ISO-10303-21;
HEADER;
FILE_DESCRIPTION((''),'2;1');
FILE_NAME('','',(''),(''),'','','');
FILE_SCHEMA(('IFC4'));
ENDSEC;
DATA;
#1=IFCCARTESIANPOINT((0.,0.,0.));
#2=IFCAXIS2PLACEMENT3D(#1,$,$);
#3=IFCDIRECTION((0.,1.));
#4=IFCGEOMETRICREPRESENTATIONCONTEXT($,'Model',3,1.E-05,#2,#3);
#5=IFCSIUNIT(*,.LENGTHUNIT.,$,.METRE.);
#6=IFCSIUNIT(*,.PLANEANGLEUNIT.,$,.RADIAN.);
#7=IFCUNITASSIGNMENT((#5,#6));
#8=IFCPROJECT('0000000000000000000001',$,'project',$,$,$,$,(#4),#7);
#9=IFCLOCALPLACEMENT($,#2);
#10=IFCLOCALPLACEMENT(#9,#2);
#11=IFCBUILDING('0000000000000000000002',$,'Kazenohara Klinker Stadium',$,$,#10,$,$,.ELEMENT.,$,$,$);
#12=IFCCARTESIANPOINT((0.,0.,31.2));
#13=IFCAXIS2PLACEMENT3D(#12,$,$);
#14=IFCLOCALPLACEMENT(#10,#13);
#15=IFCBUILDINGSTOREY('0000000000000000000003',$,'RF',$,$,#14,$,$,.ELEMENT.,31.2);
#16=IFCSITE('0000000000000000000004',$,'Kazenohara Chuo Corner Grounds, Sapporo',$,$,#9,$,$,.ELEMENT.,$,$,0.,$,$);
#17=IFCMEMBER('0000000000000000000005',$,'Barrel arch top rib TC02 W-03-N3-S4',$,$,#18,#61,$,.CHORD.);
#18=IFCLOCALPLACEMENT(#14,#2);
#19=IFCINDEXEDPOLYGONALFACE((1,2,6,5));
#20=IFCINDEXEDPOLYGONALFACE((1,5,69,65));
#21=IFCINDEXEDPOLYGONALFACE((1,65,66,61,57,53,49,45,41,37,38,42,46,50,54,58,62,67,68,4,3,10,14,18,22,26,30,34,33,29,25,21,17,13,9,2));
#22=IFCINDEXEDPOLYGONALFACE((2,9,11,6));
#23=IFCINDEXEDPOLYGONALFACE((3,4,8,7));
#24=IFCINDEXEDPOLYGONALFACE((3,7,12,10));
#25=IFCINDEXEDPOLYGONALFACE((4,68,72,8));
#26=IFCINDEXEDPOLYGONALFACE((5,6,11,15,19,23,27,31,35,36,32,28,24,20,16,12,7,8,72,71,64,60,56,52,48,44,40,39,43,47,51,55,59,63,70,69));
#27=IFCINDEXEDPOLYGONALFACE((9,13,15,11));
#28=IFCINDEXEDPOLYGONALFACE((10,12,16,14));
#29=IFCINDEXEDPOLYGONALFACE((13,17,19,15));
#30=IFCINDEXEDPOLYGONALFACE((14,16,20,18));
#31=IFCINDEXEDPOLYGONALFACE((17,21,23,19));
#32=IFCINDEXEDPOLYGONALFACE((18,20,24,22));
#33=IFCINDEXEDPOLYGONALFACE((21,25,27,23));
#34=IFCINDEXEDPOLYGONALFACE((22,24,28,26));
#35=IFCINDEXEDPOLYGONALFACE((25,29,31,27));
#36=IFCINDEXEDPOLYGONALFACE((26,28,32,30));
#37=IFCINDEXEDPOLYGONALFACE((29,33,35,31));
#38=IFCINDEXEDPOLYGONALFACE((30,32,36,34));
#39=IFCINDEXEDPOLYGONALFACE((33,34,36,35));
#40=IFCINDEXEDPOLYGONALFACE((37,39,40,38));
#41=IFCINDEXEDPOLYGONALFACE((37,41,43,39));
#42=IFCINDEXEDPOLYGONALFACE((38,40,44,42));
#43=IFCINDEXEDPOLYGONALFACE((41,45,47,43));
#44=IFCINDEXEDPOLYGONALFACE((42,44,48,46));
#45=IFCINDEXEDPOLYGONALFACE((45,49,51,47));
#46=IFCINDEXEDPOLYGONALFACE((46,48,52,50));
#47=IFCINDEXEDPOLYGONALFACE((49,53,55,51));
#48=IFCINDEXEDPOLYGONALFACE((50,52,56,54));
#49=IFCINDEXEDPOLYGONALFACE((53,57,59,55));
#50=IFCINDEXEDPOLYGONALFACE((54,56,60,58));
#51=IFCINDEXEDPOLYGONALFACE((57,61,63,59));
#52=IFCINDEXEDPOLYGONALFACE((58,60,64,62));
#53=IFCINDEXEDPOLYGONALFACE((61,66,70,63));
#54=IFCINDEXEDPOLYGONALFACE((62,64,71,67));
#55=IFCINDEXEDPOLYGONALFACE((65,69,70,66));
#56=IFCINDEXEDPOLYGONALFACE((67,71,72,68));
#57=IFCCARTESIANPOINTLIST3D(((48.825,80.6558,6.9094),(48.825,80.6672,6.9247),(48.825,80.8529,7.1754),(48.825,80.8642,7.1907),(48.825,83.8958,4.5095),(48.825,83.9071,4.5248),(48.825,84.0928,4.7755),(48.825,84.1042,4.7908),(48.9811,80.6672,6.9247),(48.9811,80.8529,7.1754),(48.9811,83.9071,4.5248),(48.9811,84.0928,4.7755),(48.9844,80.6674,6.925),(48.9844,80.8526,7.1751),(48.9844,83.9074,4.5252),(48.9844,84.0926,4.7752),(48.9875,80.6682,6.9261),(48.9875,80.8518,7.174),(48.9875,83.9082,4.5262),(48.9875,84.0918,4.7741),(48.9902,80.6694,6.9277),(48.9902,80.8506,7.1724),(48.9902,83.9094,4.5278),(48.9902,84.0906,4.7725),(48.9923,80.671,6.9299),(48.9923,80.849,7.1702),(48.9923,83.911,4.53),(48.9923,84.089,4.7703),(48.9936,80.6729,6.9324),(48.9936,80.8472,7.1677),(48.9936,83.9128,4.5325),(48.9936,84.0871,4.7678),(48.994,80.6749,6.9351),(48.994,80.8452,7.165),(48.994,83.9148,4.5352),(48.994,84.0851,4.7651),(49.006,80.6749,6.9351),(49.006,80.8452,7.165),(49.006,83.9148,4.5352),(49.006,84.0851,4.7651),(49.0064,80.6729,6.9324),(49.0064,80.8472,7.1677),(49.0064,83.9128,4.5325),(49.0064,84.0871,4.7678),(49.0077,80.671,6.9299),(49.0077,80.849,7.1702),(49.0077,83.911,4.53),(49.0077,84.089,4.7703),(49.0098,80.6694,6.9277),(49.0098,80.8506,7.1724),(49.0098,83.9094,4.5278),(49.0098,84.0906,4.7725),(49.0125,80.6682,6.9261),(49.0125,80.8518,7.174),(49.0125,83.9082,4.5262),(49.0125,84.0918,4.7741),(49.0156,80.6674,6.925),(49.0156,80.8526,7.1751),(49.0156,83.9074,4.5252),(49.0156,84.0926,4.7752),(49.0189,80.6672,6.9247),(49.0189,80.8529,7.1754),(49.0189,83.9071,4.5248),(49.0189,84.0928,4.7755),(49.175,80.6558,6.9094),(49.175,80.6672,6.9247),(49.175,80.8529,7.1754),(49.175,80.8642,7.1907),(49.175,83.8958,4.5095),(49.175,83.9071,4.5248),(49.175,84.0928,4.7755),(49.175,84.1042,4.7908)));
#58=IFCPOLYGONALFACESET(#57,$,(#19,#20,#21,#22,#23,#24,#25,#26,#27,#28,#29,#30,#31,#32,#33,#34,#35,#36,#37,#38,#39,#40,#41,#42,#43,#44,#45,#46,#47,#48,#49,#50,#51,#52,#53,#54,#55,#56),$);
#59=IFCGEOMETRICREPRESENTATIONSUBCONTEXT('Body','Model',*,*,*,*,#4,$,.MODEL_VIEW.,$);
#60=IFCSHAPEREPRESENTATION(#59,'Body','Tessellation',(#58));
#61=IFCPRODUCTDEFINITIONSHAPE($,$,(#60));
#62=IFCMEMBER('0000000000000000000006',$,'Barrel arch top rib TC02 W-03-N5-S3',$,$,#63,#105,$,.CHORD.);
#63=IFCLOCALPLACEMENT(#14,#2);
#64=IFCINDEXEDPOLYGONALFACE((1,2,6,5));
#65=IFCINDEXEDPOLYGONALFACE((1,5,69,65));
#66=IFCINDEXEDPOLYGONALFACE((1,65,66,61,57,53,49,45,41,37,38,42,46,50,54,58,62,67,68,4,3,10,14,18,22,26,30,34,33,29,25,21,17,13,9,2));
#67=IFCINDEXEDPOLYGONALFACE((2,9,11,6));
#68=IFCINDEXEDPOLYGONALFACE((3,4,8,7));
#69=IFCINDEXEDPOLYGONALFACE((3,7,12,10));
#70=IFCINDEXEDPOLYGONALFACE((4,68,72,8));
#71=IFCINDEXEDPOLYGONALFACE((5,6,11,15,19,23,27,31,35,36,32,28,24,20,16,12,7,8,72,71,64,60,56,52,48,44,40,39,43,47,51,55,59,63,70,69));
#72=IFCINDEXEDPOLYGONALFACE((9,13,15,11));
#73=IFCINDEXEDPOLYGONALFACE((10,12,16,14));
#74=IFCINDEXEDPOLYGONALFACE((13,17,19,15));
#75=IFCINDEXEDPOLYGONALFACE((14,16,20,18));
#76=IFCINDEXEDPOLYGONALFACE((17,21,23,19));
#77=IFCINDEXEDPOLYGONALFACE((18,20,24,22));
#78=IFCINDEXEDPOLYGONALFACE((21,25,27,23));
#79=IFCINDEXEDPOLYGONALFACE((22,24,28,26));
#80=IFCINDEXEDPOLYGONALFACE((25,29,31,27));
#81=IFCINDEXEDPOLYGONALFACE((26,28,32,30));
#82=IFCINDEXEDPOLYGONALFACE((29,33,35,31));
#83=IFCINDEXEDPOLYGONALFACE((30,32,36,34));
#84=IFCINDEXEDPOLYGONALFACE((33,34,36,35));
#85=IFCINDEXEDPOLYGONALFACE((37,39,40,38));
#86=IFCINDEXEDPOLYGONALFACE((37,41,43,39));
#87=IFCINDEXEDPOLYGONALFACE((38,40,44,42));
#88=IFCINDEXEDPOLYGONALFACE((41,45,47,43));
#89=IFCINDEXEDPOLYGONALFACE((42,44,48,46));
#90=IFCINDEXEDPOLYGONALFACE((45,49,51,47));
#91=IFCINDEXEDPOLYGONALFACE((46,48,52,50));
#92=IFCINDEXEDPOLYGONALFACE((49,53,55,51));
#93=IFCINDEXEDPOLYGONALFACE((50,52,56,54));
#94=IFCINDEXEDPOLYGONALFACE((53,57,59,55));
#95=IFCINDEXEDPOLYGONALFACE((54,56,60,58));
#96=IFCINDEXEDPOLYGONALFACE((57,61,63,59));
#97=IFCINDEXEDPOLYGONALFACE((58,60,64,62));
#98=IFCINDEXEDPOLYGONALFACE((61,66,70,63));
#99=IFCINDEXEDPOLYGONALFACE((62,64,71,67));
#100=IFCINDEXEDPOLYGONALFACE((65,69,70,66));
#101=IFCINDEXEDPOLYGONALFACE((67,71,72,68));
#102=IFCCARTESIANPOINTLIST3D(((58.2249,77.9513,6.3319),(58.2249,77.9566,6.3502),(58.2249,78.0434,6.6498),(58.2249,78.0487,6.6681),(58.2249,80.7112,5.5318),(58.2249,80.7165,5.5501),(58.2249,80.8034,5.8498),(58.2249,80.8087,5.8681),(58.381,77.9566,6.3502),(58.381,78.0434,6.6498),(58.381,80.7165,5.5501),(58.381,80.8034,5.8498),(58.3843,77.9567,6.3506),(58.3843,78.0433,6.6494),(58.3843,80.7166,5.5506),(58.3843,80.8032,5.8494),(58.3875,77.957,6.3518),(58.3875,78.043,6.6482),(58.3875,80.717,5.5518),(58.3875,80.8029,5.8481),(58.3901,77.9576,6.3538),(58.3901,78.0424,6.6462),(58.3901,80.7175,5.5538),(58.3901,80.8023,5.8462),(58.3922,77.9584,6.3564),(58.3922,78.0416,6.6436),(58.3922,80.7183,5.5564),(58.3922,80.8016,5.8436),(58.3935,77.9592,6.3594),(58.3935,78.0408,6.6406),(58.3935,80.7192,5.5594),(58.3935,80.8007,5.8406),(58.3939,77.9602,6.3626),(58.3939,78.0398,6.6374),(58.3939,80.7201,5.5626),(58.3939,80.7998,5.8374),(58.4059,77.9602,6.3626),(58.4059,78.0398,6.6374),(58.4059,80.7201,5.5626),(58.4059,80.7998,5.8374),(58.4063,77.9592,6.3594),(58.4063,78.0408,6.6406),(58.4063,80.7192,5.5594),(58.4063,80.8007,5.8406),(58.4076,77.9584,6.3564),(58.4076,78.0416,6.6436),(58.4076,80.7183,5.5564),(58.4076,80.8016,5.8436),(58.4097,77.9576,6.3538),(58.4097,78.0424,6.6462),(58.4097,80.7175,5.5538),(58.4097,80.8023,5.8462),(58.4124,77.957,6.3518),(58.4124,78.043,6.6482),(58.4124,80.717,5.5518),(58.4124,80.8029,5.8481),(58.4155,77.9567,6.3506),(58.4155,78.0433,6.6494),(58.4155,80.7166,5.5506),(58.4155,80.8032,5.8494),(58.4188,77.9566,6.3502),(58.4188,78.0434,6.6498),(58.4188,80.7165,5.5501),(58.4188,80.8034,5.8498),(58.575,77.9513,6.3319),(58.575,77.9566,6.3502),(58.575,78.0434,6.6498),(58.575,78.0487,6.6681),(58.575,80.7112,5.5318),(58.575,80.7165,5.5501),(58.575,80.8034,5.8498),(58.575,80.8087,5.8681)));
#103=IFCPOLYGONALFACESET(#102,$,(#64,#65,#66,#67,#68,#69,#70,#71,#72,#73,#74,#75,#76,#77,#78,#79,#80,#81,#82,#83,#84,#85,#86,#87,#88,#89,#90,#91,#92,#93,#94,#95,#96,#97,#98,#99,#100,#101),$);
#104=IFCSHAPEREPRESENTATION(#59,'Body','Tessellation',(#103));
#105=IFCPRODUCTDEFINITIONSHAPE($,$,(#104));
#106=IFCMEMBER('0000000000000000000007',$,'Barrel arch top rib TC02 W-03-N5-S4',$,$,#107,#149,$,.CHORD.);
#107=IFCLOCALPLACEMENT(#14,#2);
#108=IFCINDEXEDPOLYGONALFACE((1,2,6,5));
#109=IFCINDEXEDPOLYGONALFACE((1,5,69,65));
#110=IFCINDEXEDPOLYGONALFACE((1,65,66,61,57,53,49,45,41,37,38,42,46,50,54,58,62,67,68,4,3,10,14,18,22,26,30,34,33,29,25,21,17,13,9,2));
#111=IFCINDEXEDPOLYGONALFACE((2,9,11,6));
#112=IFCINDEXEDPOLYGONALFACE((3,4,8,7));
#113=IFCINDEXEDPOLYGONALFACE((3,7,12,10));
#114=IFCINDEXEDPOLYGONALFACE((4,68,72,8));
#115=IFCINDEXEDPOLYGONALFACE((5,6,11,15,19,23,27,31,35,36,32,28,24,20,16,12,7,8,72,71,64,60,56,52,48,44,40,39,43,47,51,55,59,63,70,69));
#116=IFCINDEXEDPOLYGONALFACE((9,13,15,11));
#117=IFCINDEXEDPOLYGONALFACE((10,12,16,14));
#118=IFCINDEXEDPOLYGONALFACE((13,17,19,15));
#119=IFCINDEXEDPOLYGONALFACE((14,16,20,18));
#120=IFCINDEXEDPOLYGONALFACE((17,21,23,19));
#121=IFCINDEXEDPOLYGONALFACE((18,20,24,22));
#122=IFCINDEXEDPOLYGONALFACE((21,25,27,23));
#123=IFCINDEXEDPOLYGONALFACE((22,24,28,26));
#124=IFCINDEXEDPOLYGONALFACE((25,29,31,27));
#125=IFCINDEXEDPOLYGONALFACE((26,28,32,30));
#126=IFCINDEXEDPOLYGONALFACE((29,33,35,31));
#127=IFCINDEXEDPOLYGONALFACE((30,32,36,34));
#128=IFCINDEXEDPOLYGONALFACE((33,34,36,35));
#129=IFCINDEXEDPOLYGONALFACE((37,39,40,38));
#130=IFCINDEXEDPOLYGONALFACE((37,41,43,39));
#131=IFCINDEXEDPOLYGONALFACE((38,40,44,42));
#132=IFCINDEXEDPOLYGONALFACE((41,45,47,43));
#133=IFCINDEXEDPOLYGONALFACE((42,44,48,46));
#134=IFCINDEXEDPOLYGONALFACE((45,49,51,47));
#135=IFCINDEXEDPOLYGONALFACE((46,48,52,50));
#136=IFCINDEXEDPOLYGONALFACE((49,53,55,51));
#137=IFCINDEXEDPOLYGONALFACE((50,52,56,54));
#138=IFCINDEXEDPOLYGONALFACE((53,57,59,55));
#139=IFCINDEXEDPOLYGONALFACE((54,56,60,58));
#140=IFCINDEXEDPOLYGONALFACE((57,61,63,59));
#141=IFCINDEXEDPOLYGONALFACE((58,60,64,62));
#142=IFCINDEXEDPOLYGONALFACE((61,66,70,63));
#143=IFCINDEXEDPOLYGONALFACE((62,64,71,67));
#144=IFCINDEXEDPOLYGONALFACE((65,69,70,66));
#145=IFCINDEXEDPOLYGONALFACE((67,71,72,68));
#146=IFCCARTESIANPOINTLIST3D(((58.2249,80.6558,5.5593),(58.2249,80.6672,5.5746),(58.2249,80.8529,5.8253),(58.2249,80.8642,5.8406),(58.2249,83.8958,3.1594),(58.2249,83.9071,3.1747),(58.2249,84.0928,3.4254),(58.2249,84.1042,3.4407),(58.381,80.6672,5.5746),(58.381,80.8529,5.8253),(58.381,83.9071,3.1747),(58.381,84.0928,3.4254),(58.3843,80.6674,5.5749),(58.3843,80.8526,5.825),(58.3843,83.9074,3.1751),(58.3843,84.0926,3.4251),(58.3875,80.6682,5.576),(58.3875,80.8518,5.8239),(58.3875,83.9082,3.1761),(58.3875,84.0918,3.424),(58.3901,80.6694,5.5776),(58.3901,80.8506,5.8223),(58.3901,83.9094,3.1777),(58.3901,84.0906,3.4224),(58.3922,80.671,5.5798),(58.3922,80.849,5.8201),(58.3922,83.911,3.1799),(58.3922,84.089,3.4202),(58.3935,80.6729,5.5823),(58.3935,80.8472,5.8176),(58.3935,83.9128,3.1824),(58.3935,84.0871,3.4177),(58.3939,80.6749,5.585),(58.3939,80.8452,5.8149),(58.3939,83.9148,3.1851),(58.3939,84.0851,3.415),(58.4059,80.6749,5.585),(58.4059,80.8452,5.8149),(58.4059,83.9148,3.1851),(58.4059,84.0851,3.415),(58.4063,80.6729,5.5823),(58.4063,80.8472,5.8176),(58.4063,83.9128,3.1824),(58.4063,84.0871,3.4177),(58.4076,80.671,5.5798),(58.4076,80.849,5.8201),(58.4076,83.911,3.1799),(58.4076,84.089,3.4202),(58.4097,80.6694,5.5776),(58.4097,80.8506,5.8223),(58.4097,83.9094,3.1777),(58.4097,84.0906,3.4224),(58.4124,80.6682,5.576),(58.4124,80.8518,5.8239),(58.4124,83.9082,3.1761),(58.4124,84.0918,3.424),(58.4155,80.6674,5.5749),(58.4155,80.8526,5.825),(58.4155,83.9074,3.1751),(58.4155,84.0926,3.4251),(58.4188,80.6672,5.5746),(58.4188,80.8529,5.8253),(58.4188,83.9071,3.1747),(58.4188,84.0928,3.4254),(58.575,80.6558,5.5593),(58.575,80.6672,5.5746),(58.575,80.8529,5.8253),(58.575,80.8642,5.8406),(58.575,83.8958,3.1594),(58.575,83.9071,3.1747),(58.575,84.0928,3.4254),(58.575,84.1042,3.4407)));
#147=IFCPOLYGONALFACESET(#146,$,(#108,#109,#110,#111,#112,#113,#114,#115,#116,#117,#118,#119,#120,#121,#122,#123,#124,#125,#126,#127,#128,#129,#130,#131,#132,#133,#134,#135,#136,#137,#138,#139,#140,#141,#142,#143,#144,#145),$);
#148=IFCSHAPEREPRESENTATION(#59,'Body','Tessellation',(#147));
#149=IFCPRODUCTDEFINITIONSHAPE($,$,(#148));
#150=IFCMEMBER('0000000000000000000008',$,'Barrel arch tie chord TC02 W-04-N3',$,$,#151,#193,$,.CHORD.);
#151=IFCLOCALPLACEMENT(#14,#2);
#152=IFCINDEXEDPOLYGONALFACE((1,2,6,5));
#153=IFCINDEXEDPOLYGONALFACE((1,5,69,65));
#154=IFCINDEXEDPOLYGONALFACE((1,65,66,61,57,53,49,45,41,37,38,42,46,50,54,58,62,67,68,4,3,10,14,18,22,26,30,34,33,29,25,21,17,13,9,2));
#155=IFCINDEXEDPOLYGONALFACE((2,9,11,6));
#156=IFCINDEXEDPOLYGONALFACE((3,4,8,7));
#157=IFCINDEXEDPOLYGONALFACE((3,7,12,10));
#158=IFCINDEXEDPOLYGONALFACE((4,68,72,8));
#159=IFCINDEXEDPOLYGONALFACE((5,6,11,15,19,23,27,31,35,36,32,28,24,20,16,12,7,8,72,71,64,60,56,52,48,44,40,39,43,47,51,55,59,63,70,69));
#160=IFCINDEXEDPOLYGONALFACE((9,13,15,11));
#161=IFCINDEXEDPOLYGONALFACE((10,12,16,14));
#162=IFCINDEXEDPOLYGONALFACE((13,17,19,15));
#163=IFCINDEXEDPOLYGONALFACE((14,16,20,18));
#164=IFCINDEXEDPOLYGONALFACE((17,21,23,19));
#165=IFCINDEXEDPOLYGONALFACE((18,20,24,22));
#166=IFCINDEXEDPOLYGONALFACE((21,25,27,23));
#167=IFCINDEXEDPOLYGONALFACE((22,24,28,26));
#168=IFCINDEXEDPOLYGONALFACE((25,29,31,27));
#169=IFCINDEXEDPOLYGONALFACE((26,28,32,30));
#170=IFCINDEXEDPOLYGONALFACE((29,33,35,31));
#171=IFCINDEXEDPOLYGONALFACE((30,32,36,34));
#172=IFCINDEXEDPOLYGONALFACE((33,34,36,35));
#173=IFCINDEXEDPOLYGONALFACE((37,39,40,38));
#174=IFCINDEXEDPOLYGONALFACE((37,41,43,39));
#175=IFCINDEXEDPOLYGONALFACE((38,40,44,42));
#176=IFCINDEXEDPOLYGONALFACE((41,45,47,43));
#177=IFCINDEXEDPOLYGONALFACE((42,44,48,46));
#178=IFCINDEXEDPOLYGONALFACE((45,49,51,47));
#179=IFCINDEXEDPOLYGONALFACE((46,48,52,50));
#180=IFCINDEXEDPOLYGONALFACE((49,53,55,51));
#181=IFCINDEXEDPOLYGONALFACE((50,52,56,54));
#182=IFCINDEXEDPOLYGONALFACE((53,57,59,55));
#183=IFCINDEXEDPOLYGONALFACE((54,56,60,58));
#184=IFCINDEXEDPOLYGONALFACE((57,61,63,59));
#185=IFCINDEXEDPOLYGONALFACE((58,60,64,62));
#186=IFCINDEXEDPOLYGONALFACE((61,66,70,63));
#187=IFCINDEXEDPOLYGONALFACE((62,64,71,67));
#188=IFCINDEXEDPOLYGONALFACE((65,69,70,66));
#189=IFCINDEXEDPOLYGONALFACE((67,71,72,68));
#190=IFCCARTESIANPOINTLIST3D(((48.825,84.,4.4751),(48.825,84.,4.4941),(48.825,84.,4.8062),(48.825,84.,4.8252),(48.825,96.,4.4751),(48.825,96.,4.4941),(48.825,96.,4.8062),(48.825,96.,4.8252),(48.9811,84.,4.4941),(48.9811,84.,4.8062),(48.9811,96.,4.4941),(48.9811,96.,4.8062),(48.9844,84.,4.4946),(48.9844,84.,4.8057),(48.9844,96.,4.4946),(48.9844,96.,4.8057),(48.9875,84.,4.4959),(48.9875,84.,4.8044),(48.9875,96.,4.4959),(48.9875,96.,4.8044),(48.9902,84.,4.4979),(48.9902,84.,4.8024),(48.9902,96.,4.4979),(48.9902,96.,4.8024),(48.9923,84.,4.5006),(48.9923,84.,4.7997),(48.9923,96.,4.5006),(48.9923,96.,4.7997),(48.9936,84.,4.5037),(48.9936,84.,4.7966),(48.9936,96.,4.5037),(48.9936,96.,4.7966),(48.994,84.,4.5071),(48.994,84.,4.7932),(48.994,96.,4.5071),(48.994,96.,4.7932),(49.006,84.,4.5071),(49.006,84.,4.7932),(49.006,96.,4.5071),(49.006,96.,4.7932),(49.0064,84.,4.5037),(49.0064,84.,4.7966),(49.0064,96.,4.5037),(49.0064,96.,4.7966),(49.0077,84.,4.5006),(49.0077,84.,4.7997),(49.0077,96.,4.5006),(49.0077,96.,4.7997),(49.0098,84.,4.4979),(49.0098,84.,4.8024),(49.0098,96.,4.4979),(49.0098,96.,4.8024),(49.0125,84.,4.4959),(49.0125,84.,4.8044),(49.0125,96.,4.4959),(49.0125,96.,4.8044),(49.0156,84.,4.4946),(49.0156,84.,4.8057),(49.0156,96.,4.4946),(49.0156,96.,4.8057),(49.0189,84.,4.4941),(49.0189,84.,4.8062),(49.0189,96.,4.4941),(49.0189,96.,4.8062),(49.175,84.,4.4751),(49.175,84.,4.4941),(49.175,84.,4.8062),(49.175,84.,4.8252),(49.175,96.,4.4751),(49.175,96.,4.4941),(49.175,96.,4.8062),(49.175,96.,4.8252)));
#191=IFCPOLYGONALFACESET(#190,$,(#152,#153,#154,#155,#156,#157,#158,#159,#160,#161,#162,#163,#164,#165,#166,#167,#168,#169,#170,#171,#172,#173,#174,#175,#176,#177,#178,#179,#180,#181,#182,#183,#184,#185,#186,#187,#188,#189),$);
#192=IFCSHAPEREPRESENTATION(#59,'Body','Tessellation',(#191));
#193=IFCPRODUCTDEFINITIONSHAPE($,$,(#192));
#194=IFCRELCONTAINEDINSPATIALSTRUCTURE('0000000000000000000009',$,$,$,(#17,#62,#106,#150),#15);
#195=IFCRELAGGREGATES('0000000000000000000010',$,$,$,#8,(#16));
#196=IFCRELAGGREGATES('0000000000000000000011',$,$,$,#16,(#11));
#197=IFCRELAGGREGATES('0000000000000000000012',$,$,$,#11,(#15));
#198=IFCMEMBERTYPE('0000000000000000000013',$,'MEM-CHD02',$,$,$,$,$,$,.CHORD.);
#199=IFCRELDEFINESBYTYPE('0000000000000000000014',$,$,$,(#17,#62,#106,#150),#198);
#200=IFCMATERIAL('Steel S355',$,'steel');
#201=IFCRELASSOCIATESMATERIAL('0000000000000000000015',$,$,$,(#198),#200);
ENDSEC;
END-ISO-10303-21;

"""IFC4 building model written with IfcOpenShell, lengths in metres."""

from ifc_helpers import new_model, si_unit, direction, frame, origin, origin_2d, place, context, subcontext, project, spatial, i_section, extrude, material, material_profile, profile_set, type_object, element, save


model = new_model("IFC4")

# Units and contexts
model_context = context("Model", 3, precision=1e-05, world=origin(), true_north=direction((0.0, 1.0)))
body_context = subcontext(model_context, "Body", "Model", "MODEL_VIEW")
ifc_project = project(units=[si_unit("LENGTHUNIT", "METRE"), si_unit("PLANEANGLEUNIT", "RADIAN")], contexts=[model_context])

# Site, building, storey
site_placement = place(None, origin())
site = spatial("IfcSite", under=ifc_project, at=site_placement, Name="Kazenohara Chuo Corner Grounds, Sapporo", CompositionType="ELEMENT", RefElevation=0.0)
building_placement = place(site_placement, origin())
building = spatial("IfcBuilding", under=site, at=building_placement, Name="Kazenohara Klinker Stadium", CompositionType="ELEMENT")
storey_placement = place(building_placement, frame((0.0, 0.0, 31.2)))
storey = spatial("IfcBuildingStorey", under=building, at=storey_placement, Name="RF", CompositionType="ELEMENT", Elevation=31.2)

# Members
ifc_material_1 = material(Name="Steel S355", Category="steel")
ifc_material_profile_1 = material_profile(ifc_material_1, i_section(OverallWidth=0.3501, OverallDepth=0.3501, WebThickness=0.012, FlangeThickness=0.019, FilletRadius=0.0129, at=origin_2d()), Name="H-350x350x12x19")
ifc_profile_set_1 = profile_set([ifc_material_profile_1], Name="Steel S355")
member_type_1 = type_object("IfcMemberType", Name="MEM-CHD02", PredefinedType="CHORD", material=ifc_profile_set_1)
member_1_placement = place(storey_placement, frame((49.0, 80.76, 7.05), z_axis=(0.0, 0.803568, -0.595213), x_axis=(-1.0, 0.0, 0.0)))
element("IfcMember", 1, at=member_1_placement, inside=storey, type_object=member_type_1, Name="Barrel arch top rib TC02 W-03-N3-S4", PredefinedType="CHORD", context=body_context, shape_type="SweptSolid", body=[
    extrude(i_section(OverallWidth=0.3501, OverallDepth=0.3501, WebThickness=0.012, FlangeThickness=0.019, FilletRadius=0.0129, at=origin_2d()), origin(), (0.0, 0.0, 1.0), 4.032),
])
member_2_placement = place(storey_placement, frame((58.3999, 78.0, 6.5), z_axis=(0.0, 0.960462, -0.278411), x_axis=(-1.0, 0.0, 0.0)))
element("IfcMember", 2, at=member_2_placement, inside=storey, type_object=member_type_1, Name="Barrel arch top rib TC02 W-03-N5-S3", PredefinedType="CHORD", context=body_context, shape_type="SweptSolid", body=[
    extrude(i_section(OverallWidth=0.3501, OverallDepth=0.3501, WebThickness=0.012, FlangeThickness=0.019, FilletRadius=0.0129, at=origin_2d()), origin(), (0.0, 0.0, 1.0), 2.8735),
])
member_3_placement = place(storey_placement, frame((58.3999, 80.76, 5.7), z_axis=(0.0, 0.803568, -0.595213), x_axis=(-1.0, 0.0, 0.0)))
element("IfcMember", 3, at=member_3_placement, inside=storey, type_object=member_type_1, Name="Barrel arch top rib TC02 W-03-N5-S4", PredefinedType="CHORD", context=body_context, shape_type="SweptSolid", body=[
    extrude(i_section(OverallWidth=0.3501, OverallDepth=0.3501, WebThickness=0.012, FlangeThickness=0.019, FilletRadius=0.0129, at=origin_2d()), origin(), (0.0, 0.0, 1.0), 4.032),
])
member_4_placement = place(storey_placement, frame((49.0, 84.0, 4.6501), z_axis=(0.0, 1.0, 0.0), x_axis=(-1.0, 0.0, 0.0)))
element("IfcMember", 4, at=member_4_placement, inside=storey, type_object=member_type_1, Name="Barrel arch tie chord TC02 W-04-N3", PredefinedType="CHORD", context=body_context, shape_type="SweptSolid", body=[
    extrude(i_section(OverallWidth=0.3501, OverallDepth=0.3501, WebThickness=0.012, FlangeThickness=0.019, FilletRadius=0.0129, at=origin_2d()), origin(), (0.0, 0.0, 1.0), 12.0),
])

save(model, "model.ifc")
